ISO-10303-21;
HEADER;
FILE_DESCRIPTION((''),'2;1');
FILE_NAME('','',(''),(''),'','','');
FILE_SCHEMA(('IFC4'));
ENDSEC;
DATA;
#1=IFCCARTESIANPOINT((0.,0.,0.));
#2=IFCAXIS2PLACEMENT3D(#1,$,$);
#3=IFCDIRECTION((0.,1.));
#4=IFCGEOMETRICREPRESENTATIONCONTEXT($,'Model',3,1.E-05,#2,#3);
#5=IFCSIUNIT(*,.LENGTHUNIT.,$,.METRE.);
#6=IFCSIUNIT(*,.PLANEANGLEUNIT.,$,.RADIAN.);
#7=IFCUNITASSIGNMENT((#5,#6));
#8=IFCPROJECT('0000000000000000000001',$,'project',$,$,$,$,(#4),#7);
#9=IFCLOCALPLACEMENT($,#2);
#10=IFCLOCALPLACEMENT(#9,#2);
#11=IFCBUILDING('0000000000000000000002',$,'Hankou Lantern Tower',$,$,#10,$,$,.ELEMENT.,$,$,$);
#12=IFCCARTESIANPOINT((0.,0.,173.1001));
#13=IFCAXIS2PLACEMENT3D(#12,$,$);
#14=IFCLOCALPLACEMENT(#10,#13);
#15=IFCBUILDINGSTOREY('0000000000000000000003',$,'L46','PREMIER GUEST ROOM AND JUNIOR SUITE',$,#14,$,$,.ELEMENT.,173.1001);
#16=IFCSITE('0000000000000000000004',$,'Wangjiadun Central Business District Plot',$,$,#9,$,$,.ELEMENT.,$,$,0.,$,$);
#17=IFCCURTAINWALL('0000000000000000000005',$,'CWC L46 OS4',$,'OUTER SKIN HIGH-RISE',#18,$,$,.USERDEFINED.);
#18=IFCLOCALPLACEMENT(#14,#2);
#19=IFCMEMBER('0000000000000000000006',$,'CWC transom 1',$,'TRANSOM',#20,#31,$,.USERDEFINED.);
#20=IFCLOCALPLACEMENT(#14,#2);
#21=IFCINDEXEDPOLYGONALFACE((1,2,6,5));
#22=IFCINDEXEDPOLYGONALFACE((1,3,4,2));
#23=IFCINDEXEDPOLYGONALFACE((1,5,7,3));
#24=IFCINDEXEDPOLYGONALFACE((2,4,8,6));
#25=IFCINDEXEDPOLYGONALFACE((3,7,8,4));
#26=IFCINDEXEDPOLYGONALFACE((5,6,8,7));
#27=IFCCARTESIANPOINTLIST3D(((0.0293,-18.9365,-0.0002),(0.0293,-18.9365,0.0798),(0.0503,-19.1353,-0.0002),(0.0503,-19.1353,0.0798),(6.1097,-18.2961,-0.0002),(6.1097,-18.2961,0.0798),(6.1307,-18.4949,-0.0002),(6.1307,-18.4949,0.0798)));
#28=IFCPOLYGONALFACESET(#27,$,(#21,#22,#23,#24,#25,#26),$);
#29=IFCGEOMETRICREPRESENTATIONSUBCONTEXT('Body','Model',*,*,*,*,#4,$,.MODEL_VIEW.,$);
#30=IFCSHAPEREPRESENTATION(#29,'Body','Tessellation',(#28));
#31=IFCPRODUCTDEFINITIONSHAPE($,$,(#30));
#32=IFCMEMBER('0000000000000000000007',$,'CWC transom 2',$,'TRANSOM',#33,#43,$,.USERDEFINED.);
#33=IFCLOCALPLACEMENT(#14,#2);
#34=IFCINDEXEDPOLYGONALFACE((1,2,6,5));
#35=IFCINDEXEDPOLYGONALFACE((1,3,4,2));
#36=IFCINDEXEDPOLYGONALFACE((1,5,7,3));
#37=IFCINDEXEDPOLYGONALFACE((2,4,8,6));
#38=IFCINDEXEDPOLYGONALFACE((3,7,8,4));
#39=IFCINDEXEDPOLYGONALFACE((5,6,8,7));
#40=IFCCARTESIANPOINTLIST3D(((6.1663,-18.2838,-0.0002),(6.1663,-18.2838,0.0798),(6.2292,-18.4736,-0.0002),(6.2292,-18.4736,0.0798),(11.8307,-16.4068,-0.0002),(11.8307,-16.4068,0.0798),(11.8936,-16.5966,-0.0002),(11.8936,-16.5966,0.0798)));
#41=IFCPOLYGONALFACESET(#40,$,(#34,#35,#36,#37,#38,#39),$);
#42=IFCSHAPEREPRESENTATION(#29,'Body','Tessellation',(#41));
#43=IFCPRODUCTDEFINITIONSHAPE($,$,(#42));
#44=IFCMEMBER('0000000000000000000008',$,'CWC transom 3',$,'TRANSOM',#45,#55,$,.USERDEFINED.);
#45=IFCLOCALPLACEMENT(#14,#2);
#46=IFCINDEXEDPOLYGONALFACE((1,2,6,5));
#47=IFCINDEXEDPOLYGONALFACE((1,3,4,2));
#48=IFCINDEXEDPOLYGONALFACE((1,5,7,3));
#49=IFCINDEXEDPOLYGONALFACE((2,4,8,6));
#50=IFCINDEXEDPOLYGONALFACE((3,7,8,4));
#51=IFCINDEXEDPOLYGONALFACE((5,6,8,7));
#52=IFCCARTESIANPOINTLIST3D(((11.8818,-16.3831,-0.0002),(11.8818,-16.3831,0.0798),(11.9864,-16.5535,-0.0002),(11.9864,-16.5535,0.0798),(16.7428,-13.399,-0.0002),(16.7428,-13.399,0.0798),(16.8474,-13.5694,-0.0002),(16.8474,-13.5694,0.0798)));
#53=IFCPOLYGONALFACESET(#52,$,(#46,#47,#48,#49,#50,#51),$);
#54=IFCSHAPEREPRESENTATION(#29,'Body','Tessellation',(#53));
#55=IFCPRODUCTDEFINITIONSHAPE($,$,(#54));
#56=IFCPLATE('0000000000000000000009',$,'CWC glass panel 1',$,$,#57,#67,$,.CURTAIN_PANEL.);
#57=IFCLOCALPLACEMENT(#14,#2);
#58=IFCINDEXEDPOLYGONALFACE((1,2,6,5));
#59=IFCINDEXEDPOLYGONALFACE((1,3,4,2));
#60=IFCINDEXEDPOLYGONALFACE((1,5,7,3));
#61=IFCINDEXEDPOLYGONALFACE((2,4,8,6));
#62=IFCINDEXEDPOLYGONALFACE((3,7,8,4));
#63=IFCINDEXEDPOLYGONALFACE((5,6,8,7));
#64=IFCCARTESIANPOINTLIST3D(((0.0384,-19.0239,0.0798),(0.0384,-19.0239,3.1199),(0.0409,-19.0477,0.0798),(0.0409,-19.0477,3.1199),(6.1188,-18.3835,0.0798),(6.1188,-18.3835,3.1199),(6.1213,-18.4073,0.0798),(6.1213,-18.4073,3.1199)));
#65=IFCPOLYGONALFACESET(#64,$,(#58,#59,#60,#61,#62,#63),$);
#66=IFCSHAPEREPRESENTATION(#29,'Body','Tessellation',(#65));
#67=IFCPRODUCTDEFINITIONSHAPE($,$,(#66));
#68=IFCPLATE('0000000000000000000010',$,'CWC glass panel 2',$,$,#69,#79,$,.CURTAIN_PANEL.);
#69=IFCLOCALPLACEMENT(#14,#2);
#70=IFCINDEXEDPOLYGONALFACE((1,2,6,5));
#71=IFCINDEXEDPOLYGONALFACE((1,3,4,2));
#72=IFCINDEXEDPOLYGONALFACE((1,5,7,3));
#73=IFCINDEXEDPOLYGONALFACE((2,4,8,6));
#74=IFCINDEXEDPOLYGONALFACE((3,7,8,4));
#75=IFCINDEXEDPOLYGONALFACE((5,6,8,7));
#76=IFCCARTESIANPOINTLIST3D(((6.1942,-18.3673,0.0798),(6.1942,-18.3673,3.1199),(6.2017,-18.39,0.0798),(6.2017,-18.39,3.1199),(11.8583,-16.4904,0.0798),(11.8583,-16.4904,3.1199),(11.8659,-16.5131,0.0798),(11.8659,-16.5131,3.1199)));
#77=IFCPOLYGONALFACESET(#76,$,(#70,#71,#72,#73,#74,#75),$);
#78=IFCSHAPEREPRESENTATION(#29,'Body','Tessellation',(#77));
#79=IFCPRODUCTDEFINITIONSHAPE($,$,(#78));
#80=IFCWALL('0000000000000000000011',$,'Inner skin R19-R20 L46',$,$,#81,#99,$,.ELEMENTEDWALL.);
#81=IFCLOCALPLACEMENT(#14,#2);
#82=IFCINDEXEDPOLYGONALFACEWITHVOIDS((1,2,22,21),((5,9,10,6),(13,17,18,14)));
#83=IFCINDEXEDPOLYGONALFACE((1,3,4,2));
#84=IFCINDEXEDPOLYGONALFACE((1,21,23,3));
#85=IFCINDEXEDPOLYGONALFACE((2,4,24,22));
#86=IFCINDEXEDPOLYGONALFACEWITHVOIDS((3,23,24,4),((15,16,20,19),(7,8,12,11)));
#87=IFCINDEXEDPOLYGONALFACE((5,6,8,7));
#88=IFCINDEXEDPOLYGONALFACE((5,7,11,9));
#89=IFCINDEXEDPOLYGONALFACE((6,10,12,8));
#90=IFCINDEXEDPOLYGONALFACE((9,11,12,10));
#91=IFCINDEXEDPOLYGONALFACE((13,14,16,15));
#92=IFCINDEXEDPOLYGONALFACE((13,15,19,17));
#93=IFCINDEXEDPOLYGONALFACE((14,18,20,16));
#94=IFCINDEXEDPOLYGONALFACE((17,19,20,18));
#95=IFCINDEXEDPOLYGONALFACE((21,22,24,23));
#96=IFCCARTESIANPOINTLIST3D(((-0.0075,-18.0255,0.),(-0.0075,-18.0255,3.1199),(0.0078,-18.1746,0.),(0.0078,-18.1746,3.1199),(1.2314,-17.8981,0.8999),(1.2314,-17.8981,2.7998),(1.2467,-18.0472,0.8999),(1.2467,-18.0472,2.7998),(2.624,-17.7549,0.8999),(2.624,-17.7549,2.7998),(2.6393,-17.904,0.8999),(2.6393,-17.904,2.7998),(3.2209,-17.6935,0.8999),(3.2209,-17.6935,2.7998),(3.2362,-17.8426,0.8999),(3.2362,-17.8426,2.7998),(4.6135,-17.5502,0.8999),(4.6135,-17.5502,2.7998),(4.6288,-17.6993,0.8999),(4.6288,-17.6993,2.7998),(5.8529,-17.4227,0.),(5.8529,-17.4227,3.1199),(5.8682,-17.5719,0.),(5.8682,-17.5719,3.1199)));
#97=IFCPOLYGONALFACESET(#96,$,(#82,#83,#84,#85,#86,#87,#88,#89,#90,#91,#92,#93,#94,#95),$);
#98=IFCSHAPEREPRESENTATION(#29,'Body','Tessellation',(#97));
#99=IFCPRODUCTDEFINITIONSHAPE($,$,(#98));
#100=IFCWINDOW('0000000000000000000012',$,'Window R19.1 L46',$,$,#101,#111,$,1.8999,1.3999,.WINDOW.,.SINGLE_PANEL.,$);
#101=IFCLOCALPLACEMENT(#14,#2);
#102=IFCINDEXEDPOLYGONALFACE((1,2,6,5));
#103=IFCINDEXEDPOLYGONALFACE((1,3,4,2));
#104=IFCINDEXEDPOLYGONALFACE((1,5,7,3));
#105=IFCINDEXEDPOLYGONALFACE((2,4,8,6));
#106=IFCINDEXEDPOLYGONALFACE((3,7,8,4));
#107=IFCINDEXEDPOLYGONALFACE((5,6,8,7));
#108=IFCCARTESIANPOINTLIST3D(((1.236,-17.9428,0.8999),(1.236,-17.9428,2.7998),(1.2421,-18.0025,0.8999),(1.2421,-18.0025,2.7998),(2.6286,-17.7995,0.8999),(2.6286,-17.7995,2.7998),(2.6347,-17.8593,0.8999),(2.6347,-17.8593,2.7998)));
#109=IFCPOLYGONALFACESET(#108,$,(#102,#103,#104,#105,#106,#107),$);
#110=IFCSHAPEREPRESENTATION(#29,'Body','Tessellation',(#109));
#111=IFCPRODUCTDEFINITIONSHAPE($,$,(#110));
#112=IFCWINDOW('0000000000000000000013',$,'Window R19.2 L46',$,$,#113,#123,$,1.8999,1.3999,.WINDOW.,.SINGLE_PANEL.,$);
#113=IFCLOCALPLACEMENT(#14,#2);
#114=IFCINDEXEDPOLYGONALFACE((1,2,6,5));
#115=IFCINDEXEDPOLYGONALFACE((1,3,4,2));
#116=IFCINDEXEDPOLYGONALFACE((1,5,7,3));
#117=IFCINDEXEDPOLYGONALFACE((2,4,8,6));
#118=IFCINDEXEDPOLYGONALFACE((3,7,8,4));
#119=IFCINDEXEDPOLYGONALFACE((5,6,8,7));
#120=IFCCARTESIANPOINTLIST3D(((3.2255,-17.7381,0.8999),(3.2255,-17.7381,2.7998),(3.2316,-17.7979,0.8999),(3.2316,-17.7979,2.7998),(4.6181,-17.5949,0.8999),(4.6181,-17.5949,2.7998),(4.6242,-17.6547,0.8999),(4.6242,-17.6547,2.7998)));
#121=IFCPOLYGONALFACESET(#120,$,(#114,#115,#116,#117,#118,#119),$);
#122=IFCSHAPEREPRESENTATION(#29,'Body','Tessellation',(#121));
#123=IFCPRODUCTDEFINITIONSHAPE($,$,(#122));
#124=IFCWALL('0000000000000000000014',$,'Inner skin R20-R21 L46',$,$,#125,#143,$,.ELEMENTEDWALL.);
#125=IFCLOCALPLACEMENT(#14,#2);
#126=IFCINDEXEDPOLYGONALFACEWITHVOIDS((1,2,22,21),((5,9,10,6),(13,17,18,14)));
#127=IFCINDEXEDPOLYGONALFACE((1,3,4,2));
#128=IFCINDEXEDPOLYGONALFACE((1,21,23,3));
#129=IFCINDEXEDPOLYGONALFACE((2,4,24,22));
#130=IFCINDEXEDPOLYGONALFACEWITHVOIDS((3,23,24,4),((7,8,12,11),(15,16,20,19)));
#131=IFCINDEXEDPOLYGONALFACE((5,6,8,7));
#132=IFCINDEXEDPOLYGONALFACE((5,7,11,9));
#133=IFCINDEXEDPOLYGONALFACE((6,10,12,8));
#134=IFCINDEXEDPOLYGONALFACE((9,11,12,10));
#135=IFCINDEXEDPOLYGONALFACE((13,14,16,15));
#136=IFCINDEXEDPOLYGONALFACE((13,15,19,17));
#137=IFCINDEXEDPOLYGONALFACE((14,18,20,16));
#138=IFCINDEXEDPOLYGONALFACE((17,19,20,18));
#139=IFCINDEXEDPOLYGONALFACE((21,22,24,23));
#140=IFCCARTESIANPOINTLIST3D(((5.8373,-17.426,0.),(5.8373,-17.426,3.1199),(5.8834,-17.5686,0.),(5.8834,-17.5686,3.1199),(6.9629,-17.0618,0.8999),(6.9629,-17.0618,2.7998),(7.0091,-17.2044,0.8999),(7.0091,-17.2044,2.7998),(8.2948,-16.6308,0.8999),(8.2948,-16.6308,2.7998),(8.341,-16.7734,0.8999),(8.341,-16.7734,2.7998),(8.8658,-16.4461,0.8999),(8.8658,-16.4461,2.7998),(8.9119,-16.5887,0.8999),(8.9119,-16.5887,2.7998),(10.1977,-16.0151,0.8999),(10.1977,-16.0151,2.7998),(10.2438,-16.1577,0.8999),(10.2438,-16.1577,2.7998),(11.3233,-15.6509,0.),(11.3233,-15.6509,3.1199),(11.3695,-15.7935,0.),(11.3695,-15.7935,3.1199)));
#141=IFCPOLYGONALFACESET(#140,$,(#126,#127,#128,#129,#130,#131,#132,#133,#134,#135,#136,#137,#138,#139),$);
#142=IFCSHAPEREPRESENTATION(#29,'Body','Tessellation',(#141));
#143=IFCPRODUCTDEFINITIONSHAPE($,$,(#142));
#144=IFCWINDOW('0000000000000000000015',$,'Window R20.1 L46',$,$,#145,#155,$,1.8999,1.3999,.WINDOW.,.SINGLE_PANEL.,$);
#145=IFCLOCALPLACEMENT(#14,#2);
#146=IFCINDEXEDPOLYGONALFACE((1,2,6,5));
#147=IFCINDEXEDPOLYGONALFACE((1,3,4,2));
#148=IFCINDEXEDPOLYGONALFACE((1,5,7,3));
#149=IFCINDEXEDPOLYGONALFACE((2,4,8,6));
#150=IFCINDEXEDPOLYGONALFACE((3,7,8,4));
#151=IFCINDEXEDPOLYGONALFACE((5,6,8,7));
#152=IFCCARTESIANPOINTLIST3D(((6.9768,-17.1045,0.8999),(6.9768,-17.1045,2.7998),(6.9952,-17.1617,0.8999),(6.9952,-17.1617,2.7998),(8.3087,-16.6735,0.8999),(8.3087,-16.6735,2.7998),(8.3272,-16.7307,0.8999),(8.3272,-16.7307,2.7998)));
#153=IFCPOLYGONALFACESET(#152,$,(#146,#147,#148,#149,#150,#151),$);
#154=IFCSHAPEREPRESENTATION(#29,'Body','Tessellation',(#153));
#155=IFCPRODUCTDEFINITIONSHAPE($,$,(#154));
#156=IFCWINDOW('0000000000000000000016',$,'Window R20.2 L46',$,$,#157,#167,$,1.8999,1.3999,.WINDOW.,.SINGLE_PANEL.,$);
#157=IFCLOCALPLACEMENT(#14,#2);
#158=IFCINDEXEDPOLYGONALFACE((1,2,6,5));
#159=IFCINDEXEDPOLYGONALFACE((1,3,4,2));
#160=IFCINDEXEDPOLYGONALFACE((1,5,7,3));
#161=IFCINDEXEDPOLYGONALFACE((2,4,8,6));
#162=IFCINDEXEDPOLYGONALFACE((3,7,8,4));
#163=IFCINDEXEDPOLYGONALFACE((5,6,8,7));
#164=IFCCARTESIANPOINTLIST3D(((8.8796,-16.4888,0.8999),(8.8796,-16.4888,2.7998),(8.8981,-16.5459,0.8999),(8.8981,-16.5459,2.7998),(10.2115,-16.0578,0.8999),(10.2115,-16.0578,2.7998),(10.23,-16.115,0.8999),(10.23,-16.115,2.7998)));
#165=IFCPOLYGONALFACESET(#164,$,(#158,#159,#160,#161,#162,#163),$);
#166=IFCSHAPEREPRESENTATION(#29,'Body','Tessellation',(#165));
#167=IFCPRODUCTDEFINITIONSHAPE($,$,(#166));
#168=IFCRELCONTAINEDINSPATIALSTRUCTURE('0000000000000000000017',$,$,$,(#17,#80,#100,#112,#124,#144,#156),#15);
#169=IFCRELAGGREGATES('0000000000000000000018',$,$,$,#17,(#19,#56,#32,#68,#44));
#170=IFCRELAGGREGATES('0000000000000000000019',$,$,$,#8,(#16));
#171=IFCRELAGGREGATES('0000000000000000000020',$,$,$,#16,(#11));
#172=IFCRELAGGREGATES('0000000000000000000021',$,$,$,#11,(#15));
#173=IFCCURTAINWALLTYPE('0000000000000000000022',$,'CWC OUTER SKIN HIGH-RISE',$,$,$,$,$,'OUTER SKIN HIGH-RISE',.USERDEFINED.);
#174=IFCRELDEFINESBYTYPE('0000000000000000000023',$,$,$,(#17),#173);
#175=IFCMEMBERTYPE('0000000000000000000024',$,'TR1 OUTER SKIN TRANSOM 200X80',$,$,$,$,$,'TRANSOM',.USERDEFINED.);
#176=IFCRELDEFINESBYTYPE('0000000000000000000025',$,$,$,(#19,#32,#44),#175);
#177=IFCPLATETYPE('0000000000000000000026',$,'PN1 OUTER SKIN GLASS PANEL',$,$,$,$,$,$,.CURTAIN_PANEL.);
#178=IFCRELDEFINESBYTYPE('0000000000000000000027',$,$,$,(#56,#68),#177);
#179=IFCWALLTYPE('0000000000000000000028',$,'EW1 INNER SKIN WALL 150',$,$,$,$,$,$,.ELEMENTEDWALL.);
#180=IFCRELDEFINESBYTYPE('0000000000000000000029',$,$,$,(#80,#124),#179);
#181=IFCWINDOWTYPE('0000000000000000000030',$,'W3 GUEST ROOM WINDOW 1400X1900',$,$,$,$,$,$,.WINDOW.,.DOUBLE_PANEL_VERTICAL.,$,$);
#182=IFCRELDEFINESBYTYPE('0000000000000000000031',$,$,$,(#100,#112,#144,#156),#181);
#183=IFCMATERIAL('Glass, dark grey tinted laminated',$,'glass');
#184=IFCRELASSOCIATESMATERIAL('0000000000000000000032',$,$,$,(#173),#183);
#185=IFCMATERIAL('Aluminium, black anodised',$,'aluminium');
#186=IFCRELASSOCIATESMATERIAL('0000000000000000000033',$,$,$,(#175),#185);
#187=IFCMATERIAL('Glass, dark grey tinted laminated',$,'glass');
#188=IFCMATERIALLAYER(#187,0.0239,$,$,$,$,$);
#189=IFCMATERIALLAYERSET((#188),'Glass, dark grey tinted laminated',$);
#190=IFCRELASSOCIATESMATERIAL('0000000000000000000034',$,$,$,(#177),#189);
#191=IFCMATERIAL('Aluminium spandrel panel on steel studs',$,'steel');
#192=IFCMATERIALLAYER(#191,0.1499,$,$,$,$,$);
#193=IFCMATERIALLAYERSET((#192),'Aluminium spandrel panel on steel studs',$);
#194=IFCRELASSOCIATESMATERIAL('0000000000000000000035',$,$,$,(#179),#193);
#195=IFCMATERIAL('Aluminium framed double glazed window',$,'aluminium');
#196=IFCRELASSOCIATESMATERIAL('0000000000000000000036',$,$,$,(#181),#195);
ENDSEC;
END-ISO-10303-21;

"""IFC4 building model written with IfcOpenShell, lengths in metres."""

from ifc_helpers import new_model, si_unit, direction, frame, frame_2d, origin, origin_2d, place, context, subcontext, project, spatial, rectangle, extrude, material, layer, layer_set, material_profile, profile_set, type_object, element, fill, aggregate, save


model = new_model("IFC4")

# Units and contexts
model_context = context("Model", 3, precision=1e-05, world=origin(), true_north=direction((0.0, 1.0)))
body_context = subcontext(model_context, "Body", "Model", "MODEL_VIEW")
ifc_project = project(units=[si_unit("LENGTHUNIT", "METRE"), si_unit("PLANEANGLEUNIT", "RADIAN")], contexts=[model_context])

# Site, building, storey
site_placement = place(None, origin())
site = spatial("IfcSite", under=ifc_project, at=site_placement, Name="Wangjiadun Central Business District Plot", CompositionType="ELEMENT", RefElevation=0.0)
building_placement = place(site_placement, origin())
building = spatial("IfcBuilding", under=site, at=building_placement, Name="Hankou Lantern Tower", CompositionType="ELEMENT")
storey_placement = place(building_placement, frame((0.0, 0.0, 173.1001)))
storey = spatial("IfcBuildingStorey", under=building, at=storey_placement, Name="L46", Description="PREMIER GUEST ROOM AND JUNIOR SUITE", CompositionType="ELEMENT", Elevation=173.1001)

# Curtain wall
ifc_material_1 = material(Name="Glass, dark grey tinted laminated", Category="glass")
curtain_wall_type = type_object("IfcCurtainWallType", Name="CWC OUTER SKIN HIGH-RISE", ElementType="OUTER SKIN HIGH-RISE", PredefinedType="USERDEFINED", material=ifc_material_1)
curtain_wall_placement = place(storey_placement, origin())
curtain_wall = element("IfcCurtainWall", 1, at=curtain_wall_placement, inside=storey, type_object=curtain_wall_type, Name="CWC L46 OS4", ObjectType="OUTER SKIN HIGH-RISE", PredefinedType="USERDEFINED")

# Members
ifc_material_2 = material(Name="Aluminium, black anodised", Category="aluminium")
ifc_material_profile_1 = material_profile(ifc_material_2, rectangle(XDim=0.2, YDim=0.0801, at=origin_2d()), Name="TR1 200X80")
ifc_profile_set_1 = profile_set([ifc_material_profile_1], Name="Aluminium, black anodised")
member_type_1 = type_object("IfcMemberType", Name="TR1 OUTER SKIN TRANSOM 200X80", ElementType="TRANSOM", PredefinedType="USERDEFINED", material=ifc_profile_set_1)
member_1_placement = place(storey_placement, frame((0.0398, -19.0359, 0.0398), z_axis=(0.9945, 0.104741, 0.0), x_axis=(-0.104741, 0.9945, 0.0)))
member_1 = element("IfcMember", 2, at=member_1_placement, type_object=member_type_1, Name="CWC transom 1", ObjectType="TRANSOM", PredefinedType="USERDEFINED", context=body_context, shape_type="SweptSolid", body=[
    extrude(rectangle(XDim=0.2, YDim=0.0801, at=origin_2d()), origin(), (0.0, 0.0, 1.0), 6.114),
])
member_2_placement = place(storey_placement, frame((6.1978, -18.3787, 0.0398), z_axis=(0.949242, 0.314546, 0.0), x_axis=(-0.314546, 0.949242, 0.0)))
member_2 = element("IfcMember", 3, at=member_2_placement, type_object=member_type_1, Name="CWC transom 2", ObjectType="TRANSOM", PredefinedType="USERDEFINED", context=body_context, shape_type="SweptSolid", body=[
    extrude(rectangle(XDim=0.2, YDim=0.0801, at=origin_2d()), origin(), (0.0, 0.0, 1.0), 5.9673),
])
member_3_placement = place(storey_placement, frame((11.9341, -16.4683, 0.0398), z_axis=(0.852229, 0.523168, 0.0), x_axis=(-0.523168, 0.852229, 0.0)))
member_3 = element("IfcMember", 4, at=member_3_placement, type_object=member_type_1, Name="CWC transom 3", ObjectType="TRANSOM", PredefinedType="USERDEFINED", context=body_context, shape_type="SweptSolid", body=[
    extrude(rectangle(XDim=0.2, YDim=0.0801, at=origin_2d()), origin(), (0.0, 0.0, 1.0), 5.7039),
])

# Plates
ifc_material_3 = material(Name="Glass, dark grey tinted laminated", Category="glass")
ifc_layer_1 = layer(ifc_material_3, 0.0239)
ifc_layer_set_1 = layer_set([ifc_layer_1], Name="Glass, dark grey tinted laminated")
plate_type = type_object("IfcPlateType", Name="PN1 OUTER SKIN GLASS PANEL", PredefinedType="CURTAIN_PANEL", material=ifc_layer_set_1)
plate_1_placement = place(storey_placement, frame((3.0798, -18.7156, 0.0798), z_axis=(0.0, 0.0, 1.0), x_axis=(0.994499, 0.104743, 0.0)))
plate_1 = element("IfcPlate", 5, at=plate_1_placement, type_object=plate_type, Name="CWC glass panel 1", PredefinedType="CURTAIN_PANEL", context=body_context, shape_type="SweptSolid", body=[
    extrude(rectangle(XDim=6.114, YDim=0.0239, at=origin_2d()), origin(), (0.0, 0.0, 1.0), 3.04),
])
plate_2_placement = place(storey_placement, frame((9.03, -17.4402, 0.0798), z_axis=(0.0, 0.0, 1.0), x_axis=(0.949241, 0.314551, 0.0)))
plate_2 = element("IfcPlate", 6, at=plate_2_placement, type_object=plate_type, Name="CWC glass panel 2", PredefinedType="CURTAIN_PANEL", context=body_context, shape_type="SweptSolid", body=[
    extrude(rectangle(XDim=5.967, YDim=0.0239, at=origin_2d()), origin(), (0.0, 0.0, 1.0), 3.04),
])
aggregate(curtain_wall, [member_1, plate_1, member_2, plate_2, member_3])

# Walls, openings, windows
ifc_material_4 = material(Name="Aluminium spandrel panel on steel studs", Category="steel")
ifc_layer_2 = layer(ifc_material_4, 0.1499)
ifc_layer_set_2 = layer_set([ifc_layer_2], Name="Aluminium spandrel panel on steel studs")
wall_type_1 = type_object("IfcWallType", Name="EW1 INNER SKIN WALL 150", PredefinedType="ELEMENTEDWALL", material=ifc_layer_set_2)
wall_1_placement = place(storey_placement, frame((0.0, -18.1001, 0.0), z_axis=(0.0, 0.0, 1.0), x_axis=(0.994752, 0.102318, 0.0)))
wall_1 = element("IfcWall", 7, at=wall_1_placement, inside=storey, type_object=wall_type_1, Name="Inner skin R19-R20 L46", PredefinedType="ELEMENTEDWALL", context=body_context, shape_type="SweptSolid", body=[
    extrude(rectangle(XDim=5.8914, YDim=0.1499, at=frame_2d((2.9458, 0.0))), origin(), (0.0, 0.0, 1.0), 3.1199),
])
opening_1_placement = place(wall_1_placement, frame((1.2456, 0.0, 0.8999)))
opening_1 = element("IfcOpeningElement", 8, at=opening_1_placement, cuts=wall_1, PredefinedType="OPENING", context=body_context, shape_type="SweptSolid", body=[
    extrude(rectangle(XDim=1.3999, YDim=1.8999, at=frame_2d((0.7, 0.95))), frame((0.0, 0.085, 0.0), z_axis=(0.0, -1.0, 0.0), x_axis=(1.0, 0.0, 0.0)), (0.0, 0.0, 1.0), 0.1699),
])
opening_2_placement = place(wall_1_placement, frame((3.2456, 0.0, 0.8999)))
opening_2 = element("IfcOpeningElement", 9, at=opening_2_placement, cuts=wall_1, PredefinedType="OPENING", context=body_context, shape_type="SweptSolid", body=[
    extrude(rectangle(XDim=1.3999, YDim=1.8999, at=frame_2d((0.7, 0.95))), frame((0.0, 0.085, 0.0), z_axis=(0.0, -1.0, 0.0), x_axis=(1.0, 0.0, 0.0)), (0.0, 0.0, 1.0), 0.1699),
])
ifc_material_5 = material(Name="Aluminium framed double glazed window", Category="aluminium")
window_type = type_object("IfcWindowType", Name="W3 GUEST ROOM WINDOW 1400X1900", PartitioningType="DOUBLE_PANEL_VERTICAL", PredefinedType="WINDOW", material=ifc_material_5)
window_1_placement = place(opening_1_placement, origin())
window_1 = element("IfcWindow", 10, at=window_1_placement, inside=storey, type_object=window_type, Name="Window R19.1 L46", OverallHeight=1.8999, OverallWidth=1.3999, PartitioningType="SINGLE_PANEL", PredefinedType="WINDOW", context=body_context, shape_type="SweptSolid", body=[
    extrude(rectangle(XDim=1.3999, YDim=1.8999, at=frame_2d((0.7, 0.95))), frame((0.0, 0.03, 0.0), z_axis=(0.0, -1.0, 0.0), x_axis=(1.0, 0.0, 0.0)), (0.0, 0.0, 1.0), 0.0601),
])
fill(opening_1, window_1)
window_2_placement = place(opening_2_placement, origin())
window_2 = element("IfcWindow", 11, at=window_2_placement, inside=storey, type_object=window_type, Name="Window R19.2 L46", OverallHeight=1.8999, OverallWidth=1.3999, PartitioningType="SINGLE_PANEL", PredefinedType="WINDOW", context=body_context, shape_type="SweptSolid", body=[
    extrude(rectangle(XDim=1.3999, YDim=1.8999, at=frame_2d((0.7, 0.95))), frame((0.0, 0.03, 0.0), z_axis=(0.0, -1.0, 0.0), x_axis=(1.0, 0.0, 0.0)), (0.0, 0.0, 1.0), 0.0601),
])
fill(opening_2, window_2)
wall_2_placement = place(storey_placement, frame((5.8604, -17.4973, 0.0), z_axis=(0.0, 0.0, 1.0), x_axis=(0.951432, 0.307857, 0.0)))
wall_2 = element("IfcWall", 12, at=wall_2_placement, inside=storey, type_object=wall_type_1, Name="Inner skin R20-R21 L46", PredefinedType="ELEMENTEDWALL", context=body_context, shape_type="SweptSolid", body=[
    extrude(rectangle(XDim=5.7661, YDim=0.1499, at=frame_2d((2.8831, 0.0))), origin(), (0.0, 0.0, 1.0), 3.1199),
])
opening_3_placement = place(wall_2_placement, frame((1.1831, 0.0, 0.8999)))
opening_3 = element("IfcOpeningElement", 13, at=opening_3_placement, cuts=wall_2, PredefinedType="OPENING", context=body_context, shape_type="SweptSolid", body=[
    extrude(rectangle(XDim=1.3999, YDim=1.8999, at=frame_2d((0.7, 0.95))), frame((0.0, 0.085, 0.0), z_axis=(0.0, -1.0, 0.0), x_axis=(1.0, 0.0, 0.0)), (0.0, 0.0, 1.0), 0.1699),
])
opening_4_placement = place(wall_2_placement, frame((3.1831, 0.0, 0.8999)))
opening_4 = element("IfcOpeningElement", 14, at=opening_4_placement, cuts=wall_2, PredefinedType="OPENING", context=body_context, shape_type="SweptSolid", body=[
    extrude(rectangle(XDim=1.3999, YDim=1.8999, at=frame_2d((0.7, 0.95))), frame((0.0, 0.085, 0.0), z_axis=(0.0, -1.0, 0.0), x_axis=(1.0, 0.0, 0.0)), (0.0, 0.0, 1.0), 0.1699),
])
window_3_placement = place(opening_3_placement, origin())
window_3 = element("IfcWindow", 15, at=window_3_placement, inside=storey, type_object=window_type, Name="Window R20.1 L46", OverallHeight=1.8999, OverallWidth=1.3999, PartitioningType="SINGLE_PANEL", PredefinedType="WINDOW", context=body_context, shape_type="SweptSolid", body=[
    extrude(rectangle(XDim=1.3999, YDim=1.8999, at=frame_2d((0.7, 0.95))), frame((0.0, 0.03, 0.0), z_axis=(0.0, -1.0, 0.0), x_axis=(1.0, 0.0, 0.0)), (0.0, 0.0, 1.0), 0.0601),
])
fill(opening_3, window_3)
window_4_placement = place(opening_4_placement, origin())
window_4 = element("IfcWindow", 16, at=window_4_placement, inside=storey, type_object=window_type, Name="Window R20.2 L46", OverallHeight=1.8999, OverallWidth=1.3999, PartitioningType="SINGLE_PANEL", PredefinedType="WINDOW", context=body_context, shape_type="SweptSolid", body=[
    extrude(rectangle(XDim=1.3999, YDim=1.8999, at=frame_2d((0.7, 0.95))), frame((0.0, 0.03, 0.0), z_axis=(0.0, -1.0, 0.0), x_axis=(1.0, 0.0, 0.0)), (0.0, 0.0, 1.0), 0.0601),
])
fill(opening_4, window_4)

save(model, "model.ifc")
